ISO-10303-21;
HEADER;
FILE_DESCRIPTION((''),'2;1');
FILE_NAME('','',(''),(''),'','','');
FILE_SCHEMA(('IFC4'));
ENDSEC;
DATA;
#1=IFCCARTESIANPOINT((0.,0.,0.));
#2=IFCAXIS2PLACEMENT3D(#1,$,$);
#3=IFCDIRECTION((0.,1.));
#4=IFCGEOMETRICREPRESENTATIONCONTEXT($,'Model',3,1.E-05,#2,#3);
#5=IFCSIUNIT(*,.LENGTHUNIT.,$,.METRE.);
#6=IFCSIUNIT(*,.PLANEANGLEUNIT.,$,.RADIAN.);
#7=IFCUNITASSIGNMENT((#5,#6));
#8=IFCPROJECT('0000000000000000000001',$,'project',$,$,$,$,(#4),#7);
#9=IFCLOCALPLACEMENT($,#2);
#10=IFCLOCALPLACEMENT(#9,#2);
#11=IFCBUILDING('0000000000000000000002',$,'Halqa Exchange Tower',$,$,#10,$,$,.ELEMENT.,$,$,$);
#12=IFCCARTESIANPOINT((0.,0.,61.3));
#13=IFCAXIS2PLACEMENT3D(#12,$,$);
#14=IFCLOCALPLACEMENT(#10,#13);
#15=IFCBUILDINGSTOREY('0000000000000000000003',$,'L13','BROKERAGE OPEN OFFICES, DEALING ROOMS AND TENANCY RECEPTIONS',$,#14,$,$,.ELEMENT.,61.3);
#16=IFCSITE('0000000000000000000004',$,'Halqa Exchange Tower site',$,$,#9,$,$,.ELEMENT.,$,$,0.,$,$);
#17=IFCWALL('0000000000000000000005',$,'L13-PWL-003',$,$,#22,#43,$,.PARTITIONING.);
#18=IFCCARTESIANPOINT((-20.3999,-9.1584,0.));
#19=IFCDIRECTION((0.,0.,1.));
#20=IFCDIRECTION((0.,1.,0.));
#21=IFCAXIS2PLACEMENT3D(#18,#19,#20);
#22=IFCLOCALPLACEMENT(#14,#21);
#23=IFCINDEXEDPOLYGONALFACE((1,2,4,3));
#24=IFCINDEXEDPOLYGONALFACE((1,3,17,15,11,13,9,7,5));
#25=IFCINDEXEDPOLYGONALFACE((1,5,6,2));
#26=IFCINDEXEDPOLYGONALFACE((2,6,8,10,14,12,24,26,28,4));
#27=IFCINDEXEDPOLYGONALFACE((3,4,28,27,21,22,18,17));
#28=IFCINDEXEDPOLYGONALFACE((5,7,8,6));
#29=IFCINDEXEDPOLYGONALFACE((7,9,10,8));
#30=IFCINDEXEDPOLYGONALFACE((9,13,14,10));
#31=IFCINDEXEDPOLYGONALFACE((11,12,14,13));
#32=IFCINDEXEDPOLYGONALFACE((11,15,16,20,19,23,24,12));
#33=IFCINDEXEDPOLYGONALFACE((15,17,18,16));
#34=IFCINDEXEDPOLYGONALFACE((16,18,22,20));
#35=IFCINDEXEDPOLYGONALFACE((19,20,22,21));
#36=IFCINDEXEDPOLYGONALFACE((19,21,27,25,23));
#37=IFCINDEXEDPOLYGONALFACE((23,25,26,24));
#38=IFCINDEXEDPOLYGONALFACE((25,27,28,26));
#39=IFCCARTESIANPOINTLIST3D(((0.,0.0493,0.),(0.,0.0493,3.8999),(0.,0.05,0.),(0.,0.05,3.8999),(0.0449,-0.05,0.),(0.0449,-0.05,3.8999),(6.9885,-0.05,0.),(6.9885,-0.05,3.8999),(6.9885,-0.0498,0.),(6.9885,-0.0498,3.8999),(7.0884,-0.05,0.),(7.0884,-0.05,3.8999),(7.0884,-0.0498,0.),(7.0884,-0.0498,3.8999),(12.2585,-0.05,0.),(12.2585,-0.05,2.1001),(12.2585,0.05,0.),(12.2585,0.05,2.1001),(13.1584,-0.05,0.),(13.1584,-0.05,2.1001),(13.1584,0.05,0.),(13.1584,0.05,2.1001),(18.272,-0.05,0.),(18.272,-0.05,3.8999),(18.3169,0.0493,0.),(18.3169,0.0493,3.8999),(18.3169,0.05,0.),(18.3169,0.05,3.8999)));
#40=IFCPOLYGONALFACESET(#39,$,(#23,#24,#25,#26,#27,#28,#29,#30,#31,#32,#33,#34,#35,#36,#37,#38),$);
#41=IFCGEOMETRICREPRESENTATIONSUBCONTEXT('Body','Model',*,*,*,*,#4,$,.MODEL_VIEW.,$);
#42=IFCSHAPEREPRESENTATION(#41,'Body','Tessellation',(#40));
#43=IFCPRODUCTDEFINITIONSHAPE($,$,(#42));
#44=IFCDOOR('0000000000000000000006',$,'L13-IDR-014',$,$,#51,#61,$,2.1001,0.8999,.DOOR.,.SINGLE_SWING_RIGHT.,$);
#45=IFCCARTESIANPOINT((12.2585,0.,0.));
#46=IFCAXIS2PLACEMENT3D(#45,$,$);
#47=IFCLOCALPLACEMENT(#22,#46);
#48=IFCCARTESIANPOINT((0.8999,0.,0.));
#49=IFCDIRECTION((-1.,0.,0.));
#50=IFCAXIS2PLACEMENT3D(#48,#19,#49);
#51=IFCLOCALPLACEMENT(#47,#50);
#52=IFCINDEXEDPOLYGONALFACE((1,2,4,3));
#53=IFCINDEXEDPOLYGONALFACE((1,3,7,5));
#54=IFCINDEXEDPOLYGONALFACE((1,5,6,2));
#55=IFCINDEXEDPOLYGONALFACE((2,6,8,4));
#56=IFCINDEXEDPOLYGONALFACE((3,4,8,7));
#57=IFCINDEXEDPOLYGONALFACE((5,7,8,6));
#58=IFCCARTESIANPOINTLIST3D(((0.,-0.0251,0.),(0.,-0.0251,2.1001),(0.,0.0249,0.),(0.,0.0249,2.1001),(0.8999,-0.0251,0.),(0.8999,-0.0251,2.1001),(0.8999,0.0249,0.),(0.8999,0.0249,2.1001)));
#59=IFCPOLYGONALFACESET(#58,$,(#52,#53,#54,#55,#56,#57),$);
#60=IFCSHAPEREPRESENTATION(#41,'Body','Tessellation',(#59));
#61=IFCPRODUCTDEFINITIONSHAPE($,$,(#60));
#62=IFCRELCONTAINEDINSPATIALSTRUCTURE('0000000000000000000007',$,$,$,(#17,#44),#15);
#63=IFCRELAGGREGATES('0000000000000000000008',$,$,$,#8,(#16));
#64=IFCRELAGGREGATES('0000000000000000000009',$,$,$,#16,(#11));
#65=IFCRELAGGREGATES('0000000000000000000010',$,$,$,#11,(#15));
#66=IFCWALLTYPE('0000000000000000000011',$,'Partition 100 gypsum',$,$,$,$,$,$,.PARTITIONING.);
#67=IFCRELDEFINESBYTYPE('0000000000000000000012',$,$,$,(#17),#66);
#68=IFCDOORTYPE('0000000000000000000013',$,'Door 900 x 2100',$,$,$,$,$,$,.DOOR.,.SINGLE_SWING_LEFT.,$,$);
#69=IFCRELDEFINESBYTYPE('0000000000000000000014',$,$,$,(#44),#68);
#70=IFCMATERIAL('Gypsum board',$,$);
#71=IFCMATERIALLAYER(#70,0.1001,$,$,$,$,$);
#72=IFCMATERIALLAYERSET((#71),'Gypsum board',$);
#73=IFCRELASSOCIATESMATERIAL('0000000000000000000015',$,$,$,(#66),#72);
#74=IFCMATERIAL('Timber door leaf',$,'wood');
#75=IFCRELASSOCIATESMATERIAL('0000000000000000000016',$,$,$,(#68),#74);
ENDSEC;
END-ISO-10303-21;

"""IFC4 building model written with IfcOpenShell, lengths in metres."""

from ifc_helpers import new_model, si_unit, direction, frame, frame_2d, origin, place, context, subcontext, project, spatial, polyline, rectangle, outline, extrude, material, layer, layer_set, type_object, element, fill, save


model = new_model("IFC4")

# Units and contexts
model_context = context("Model", 3, precision=1e-05, world=origin(), true_north=direction((0.0, 1.0)))
body_context = subcontext(model_context, "Body", "Model", "MODEL_VIEW")
ifc_project = project(units=[si_unit("LENGTHUNIT", "METRE"), si_unit("PLANEANGLEUNIT", "RADIAN")], contexts=[model_context])

# Site, building, storey
site_placement = place(None, origin())
site = spatial("IfcSite", under=ifc_project, at=site_placement, Name="Halqa Exchange Tower site", CompositionType="ELEMENT", RefElevation=0.0)
building_placement = place(site_placement, origin())
building = spatial("IfcBuilding", under=site, at=building_placement, Name="Halqa Exchange Tower", CompositionType="ELEMENT")
storey_placement = place(building_placement, frame((0.0, 0.0, 61.3)))
storey = spatial("IfcBuildingStorey", under=building, at=storey_placement, Name="L13", Description="BROKERAGE OPEN OFFICES, DEALING ROOMS AND TENANCY RECEPTIONS", CompositionType="ELEMENT", Elevation=61.3)

# Wall, opening, door
ifc_material_1 = material(Name="Gypsum board")
ifc_layer_1 = layer(ifc_material_1, 0.1001)
ifc_layer_set_1 = layer_set([ifc_layer_1], Name="Gypsum board")
wall_type_1 = type_object("IfcWallType", Name="Partition 100 gypsum", PredefinedType="PARTITIONING", material=ifc_layer_set_1)
wall_1_placement = place(storey_placement, frame((-20.3999, -9.1584, 0.0), z_axis=(0.0, 0.0, 1.0), x_axis=(0.0, 1.0, 0.0)))
wall_1 = element("IfcWall", 1, at=wall_1_placement, inside=storey, type_object=wall_type_1, Name="L13-PWL-003", PredefinedType="PARTITIONING", context=body_context, shape_type="SweptSolid", body=[
    extrude(outline(polyline([(0.0449, -0.05), (1.7808, -0.05), (3.5166, -0.05), (5.2527, -0.05), (6.9885, -0.05), (6.9885, -0.0498), (7.0884, -0.0498), (7.0884, -0.05), (8.9524, -0.05), (10.8164, -0.05), (12.6802, -0.05), (14.5442, -0.05), (16.408, -0.05), (18.272, -0.05), (18.3169, 0.0493), (18.3169, 0.05), (16.4851, 0.05), (14.6536, 0.05), (12.8218, 0.05), (10.9902, 0.05), (9.1584, 0.05), (7.3267, 0.05), (5.4951, 0.05), (3.6633, 0.05), (1.8318, 0.05), (0.0, 0.05), (0.0, 0.0493), (0.0449, -0.05)])), origin(), (0.0, 0.0, 1.0), 3.8999),
])
opening_1_placement = place(wall_1_placement, frame((12.2585, 0.0, 0.0)))
opening_1 = element("IfcOpeningElement", 2, at=opening_1_placement, cuts=wall_1, PredefinedType="OPENING", context=body_context, shape_type="SweptSolid", body=[
    extrude(rectangle(XDim=0.8999, YDim=2.1001, at=frame_2d((0.45, 1.05))), frame((0.0, 0.062, 0.0), z_axis=(0.0, -1.0, 0.0), x_axis=(1.0, 0.0, 0.0)), (0.0, 0.0, 1.0), 0.124),
])
ifc_material_2 = material(Name="Timber door leaf", Category="wood")
door_type_1 = type_object("IfcDoorType", Name="Door 900 x 2100", OperationType="SINGLE_SWING_LEFT", PredefinedType="DOOR", material=ifc_material_2)
door_1_placement = place(opening_1_placement, frame((0.8999, 0.0, 0.0), z_axis=(0.0, 0.0, 1.0), x_axis=(-1.0, 0.0, 0.0)))
door_1 = element("IfcDoor", 3, at=door_1_placement, inside=storey, type_object=door_type_1, Name="L13-IDR-014", OperationType="SINGLE_SWING_RIGHT", OverallHeight=2.1001, OverallWidth=0.8999, PredefinedType="DOOR", context=body_context, shape_type="SweptSolid", body=[
    extrude(rectangle(XDim=0.8999, YDim=2.1001, at=frame_2d((0.45, 1.05))), frame((0.0, 0.0249, 0.0), z_axis=(0.0, -1.0, 0.0), x_axis=(1.0, 0.0, 0.0)), (0.0, 0.0, 1.0), 0.05),
])
fill(opening_1, door_1)

save(model, "model.ifc")
